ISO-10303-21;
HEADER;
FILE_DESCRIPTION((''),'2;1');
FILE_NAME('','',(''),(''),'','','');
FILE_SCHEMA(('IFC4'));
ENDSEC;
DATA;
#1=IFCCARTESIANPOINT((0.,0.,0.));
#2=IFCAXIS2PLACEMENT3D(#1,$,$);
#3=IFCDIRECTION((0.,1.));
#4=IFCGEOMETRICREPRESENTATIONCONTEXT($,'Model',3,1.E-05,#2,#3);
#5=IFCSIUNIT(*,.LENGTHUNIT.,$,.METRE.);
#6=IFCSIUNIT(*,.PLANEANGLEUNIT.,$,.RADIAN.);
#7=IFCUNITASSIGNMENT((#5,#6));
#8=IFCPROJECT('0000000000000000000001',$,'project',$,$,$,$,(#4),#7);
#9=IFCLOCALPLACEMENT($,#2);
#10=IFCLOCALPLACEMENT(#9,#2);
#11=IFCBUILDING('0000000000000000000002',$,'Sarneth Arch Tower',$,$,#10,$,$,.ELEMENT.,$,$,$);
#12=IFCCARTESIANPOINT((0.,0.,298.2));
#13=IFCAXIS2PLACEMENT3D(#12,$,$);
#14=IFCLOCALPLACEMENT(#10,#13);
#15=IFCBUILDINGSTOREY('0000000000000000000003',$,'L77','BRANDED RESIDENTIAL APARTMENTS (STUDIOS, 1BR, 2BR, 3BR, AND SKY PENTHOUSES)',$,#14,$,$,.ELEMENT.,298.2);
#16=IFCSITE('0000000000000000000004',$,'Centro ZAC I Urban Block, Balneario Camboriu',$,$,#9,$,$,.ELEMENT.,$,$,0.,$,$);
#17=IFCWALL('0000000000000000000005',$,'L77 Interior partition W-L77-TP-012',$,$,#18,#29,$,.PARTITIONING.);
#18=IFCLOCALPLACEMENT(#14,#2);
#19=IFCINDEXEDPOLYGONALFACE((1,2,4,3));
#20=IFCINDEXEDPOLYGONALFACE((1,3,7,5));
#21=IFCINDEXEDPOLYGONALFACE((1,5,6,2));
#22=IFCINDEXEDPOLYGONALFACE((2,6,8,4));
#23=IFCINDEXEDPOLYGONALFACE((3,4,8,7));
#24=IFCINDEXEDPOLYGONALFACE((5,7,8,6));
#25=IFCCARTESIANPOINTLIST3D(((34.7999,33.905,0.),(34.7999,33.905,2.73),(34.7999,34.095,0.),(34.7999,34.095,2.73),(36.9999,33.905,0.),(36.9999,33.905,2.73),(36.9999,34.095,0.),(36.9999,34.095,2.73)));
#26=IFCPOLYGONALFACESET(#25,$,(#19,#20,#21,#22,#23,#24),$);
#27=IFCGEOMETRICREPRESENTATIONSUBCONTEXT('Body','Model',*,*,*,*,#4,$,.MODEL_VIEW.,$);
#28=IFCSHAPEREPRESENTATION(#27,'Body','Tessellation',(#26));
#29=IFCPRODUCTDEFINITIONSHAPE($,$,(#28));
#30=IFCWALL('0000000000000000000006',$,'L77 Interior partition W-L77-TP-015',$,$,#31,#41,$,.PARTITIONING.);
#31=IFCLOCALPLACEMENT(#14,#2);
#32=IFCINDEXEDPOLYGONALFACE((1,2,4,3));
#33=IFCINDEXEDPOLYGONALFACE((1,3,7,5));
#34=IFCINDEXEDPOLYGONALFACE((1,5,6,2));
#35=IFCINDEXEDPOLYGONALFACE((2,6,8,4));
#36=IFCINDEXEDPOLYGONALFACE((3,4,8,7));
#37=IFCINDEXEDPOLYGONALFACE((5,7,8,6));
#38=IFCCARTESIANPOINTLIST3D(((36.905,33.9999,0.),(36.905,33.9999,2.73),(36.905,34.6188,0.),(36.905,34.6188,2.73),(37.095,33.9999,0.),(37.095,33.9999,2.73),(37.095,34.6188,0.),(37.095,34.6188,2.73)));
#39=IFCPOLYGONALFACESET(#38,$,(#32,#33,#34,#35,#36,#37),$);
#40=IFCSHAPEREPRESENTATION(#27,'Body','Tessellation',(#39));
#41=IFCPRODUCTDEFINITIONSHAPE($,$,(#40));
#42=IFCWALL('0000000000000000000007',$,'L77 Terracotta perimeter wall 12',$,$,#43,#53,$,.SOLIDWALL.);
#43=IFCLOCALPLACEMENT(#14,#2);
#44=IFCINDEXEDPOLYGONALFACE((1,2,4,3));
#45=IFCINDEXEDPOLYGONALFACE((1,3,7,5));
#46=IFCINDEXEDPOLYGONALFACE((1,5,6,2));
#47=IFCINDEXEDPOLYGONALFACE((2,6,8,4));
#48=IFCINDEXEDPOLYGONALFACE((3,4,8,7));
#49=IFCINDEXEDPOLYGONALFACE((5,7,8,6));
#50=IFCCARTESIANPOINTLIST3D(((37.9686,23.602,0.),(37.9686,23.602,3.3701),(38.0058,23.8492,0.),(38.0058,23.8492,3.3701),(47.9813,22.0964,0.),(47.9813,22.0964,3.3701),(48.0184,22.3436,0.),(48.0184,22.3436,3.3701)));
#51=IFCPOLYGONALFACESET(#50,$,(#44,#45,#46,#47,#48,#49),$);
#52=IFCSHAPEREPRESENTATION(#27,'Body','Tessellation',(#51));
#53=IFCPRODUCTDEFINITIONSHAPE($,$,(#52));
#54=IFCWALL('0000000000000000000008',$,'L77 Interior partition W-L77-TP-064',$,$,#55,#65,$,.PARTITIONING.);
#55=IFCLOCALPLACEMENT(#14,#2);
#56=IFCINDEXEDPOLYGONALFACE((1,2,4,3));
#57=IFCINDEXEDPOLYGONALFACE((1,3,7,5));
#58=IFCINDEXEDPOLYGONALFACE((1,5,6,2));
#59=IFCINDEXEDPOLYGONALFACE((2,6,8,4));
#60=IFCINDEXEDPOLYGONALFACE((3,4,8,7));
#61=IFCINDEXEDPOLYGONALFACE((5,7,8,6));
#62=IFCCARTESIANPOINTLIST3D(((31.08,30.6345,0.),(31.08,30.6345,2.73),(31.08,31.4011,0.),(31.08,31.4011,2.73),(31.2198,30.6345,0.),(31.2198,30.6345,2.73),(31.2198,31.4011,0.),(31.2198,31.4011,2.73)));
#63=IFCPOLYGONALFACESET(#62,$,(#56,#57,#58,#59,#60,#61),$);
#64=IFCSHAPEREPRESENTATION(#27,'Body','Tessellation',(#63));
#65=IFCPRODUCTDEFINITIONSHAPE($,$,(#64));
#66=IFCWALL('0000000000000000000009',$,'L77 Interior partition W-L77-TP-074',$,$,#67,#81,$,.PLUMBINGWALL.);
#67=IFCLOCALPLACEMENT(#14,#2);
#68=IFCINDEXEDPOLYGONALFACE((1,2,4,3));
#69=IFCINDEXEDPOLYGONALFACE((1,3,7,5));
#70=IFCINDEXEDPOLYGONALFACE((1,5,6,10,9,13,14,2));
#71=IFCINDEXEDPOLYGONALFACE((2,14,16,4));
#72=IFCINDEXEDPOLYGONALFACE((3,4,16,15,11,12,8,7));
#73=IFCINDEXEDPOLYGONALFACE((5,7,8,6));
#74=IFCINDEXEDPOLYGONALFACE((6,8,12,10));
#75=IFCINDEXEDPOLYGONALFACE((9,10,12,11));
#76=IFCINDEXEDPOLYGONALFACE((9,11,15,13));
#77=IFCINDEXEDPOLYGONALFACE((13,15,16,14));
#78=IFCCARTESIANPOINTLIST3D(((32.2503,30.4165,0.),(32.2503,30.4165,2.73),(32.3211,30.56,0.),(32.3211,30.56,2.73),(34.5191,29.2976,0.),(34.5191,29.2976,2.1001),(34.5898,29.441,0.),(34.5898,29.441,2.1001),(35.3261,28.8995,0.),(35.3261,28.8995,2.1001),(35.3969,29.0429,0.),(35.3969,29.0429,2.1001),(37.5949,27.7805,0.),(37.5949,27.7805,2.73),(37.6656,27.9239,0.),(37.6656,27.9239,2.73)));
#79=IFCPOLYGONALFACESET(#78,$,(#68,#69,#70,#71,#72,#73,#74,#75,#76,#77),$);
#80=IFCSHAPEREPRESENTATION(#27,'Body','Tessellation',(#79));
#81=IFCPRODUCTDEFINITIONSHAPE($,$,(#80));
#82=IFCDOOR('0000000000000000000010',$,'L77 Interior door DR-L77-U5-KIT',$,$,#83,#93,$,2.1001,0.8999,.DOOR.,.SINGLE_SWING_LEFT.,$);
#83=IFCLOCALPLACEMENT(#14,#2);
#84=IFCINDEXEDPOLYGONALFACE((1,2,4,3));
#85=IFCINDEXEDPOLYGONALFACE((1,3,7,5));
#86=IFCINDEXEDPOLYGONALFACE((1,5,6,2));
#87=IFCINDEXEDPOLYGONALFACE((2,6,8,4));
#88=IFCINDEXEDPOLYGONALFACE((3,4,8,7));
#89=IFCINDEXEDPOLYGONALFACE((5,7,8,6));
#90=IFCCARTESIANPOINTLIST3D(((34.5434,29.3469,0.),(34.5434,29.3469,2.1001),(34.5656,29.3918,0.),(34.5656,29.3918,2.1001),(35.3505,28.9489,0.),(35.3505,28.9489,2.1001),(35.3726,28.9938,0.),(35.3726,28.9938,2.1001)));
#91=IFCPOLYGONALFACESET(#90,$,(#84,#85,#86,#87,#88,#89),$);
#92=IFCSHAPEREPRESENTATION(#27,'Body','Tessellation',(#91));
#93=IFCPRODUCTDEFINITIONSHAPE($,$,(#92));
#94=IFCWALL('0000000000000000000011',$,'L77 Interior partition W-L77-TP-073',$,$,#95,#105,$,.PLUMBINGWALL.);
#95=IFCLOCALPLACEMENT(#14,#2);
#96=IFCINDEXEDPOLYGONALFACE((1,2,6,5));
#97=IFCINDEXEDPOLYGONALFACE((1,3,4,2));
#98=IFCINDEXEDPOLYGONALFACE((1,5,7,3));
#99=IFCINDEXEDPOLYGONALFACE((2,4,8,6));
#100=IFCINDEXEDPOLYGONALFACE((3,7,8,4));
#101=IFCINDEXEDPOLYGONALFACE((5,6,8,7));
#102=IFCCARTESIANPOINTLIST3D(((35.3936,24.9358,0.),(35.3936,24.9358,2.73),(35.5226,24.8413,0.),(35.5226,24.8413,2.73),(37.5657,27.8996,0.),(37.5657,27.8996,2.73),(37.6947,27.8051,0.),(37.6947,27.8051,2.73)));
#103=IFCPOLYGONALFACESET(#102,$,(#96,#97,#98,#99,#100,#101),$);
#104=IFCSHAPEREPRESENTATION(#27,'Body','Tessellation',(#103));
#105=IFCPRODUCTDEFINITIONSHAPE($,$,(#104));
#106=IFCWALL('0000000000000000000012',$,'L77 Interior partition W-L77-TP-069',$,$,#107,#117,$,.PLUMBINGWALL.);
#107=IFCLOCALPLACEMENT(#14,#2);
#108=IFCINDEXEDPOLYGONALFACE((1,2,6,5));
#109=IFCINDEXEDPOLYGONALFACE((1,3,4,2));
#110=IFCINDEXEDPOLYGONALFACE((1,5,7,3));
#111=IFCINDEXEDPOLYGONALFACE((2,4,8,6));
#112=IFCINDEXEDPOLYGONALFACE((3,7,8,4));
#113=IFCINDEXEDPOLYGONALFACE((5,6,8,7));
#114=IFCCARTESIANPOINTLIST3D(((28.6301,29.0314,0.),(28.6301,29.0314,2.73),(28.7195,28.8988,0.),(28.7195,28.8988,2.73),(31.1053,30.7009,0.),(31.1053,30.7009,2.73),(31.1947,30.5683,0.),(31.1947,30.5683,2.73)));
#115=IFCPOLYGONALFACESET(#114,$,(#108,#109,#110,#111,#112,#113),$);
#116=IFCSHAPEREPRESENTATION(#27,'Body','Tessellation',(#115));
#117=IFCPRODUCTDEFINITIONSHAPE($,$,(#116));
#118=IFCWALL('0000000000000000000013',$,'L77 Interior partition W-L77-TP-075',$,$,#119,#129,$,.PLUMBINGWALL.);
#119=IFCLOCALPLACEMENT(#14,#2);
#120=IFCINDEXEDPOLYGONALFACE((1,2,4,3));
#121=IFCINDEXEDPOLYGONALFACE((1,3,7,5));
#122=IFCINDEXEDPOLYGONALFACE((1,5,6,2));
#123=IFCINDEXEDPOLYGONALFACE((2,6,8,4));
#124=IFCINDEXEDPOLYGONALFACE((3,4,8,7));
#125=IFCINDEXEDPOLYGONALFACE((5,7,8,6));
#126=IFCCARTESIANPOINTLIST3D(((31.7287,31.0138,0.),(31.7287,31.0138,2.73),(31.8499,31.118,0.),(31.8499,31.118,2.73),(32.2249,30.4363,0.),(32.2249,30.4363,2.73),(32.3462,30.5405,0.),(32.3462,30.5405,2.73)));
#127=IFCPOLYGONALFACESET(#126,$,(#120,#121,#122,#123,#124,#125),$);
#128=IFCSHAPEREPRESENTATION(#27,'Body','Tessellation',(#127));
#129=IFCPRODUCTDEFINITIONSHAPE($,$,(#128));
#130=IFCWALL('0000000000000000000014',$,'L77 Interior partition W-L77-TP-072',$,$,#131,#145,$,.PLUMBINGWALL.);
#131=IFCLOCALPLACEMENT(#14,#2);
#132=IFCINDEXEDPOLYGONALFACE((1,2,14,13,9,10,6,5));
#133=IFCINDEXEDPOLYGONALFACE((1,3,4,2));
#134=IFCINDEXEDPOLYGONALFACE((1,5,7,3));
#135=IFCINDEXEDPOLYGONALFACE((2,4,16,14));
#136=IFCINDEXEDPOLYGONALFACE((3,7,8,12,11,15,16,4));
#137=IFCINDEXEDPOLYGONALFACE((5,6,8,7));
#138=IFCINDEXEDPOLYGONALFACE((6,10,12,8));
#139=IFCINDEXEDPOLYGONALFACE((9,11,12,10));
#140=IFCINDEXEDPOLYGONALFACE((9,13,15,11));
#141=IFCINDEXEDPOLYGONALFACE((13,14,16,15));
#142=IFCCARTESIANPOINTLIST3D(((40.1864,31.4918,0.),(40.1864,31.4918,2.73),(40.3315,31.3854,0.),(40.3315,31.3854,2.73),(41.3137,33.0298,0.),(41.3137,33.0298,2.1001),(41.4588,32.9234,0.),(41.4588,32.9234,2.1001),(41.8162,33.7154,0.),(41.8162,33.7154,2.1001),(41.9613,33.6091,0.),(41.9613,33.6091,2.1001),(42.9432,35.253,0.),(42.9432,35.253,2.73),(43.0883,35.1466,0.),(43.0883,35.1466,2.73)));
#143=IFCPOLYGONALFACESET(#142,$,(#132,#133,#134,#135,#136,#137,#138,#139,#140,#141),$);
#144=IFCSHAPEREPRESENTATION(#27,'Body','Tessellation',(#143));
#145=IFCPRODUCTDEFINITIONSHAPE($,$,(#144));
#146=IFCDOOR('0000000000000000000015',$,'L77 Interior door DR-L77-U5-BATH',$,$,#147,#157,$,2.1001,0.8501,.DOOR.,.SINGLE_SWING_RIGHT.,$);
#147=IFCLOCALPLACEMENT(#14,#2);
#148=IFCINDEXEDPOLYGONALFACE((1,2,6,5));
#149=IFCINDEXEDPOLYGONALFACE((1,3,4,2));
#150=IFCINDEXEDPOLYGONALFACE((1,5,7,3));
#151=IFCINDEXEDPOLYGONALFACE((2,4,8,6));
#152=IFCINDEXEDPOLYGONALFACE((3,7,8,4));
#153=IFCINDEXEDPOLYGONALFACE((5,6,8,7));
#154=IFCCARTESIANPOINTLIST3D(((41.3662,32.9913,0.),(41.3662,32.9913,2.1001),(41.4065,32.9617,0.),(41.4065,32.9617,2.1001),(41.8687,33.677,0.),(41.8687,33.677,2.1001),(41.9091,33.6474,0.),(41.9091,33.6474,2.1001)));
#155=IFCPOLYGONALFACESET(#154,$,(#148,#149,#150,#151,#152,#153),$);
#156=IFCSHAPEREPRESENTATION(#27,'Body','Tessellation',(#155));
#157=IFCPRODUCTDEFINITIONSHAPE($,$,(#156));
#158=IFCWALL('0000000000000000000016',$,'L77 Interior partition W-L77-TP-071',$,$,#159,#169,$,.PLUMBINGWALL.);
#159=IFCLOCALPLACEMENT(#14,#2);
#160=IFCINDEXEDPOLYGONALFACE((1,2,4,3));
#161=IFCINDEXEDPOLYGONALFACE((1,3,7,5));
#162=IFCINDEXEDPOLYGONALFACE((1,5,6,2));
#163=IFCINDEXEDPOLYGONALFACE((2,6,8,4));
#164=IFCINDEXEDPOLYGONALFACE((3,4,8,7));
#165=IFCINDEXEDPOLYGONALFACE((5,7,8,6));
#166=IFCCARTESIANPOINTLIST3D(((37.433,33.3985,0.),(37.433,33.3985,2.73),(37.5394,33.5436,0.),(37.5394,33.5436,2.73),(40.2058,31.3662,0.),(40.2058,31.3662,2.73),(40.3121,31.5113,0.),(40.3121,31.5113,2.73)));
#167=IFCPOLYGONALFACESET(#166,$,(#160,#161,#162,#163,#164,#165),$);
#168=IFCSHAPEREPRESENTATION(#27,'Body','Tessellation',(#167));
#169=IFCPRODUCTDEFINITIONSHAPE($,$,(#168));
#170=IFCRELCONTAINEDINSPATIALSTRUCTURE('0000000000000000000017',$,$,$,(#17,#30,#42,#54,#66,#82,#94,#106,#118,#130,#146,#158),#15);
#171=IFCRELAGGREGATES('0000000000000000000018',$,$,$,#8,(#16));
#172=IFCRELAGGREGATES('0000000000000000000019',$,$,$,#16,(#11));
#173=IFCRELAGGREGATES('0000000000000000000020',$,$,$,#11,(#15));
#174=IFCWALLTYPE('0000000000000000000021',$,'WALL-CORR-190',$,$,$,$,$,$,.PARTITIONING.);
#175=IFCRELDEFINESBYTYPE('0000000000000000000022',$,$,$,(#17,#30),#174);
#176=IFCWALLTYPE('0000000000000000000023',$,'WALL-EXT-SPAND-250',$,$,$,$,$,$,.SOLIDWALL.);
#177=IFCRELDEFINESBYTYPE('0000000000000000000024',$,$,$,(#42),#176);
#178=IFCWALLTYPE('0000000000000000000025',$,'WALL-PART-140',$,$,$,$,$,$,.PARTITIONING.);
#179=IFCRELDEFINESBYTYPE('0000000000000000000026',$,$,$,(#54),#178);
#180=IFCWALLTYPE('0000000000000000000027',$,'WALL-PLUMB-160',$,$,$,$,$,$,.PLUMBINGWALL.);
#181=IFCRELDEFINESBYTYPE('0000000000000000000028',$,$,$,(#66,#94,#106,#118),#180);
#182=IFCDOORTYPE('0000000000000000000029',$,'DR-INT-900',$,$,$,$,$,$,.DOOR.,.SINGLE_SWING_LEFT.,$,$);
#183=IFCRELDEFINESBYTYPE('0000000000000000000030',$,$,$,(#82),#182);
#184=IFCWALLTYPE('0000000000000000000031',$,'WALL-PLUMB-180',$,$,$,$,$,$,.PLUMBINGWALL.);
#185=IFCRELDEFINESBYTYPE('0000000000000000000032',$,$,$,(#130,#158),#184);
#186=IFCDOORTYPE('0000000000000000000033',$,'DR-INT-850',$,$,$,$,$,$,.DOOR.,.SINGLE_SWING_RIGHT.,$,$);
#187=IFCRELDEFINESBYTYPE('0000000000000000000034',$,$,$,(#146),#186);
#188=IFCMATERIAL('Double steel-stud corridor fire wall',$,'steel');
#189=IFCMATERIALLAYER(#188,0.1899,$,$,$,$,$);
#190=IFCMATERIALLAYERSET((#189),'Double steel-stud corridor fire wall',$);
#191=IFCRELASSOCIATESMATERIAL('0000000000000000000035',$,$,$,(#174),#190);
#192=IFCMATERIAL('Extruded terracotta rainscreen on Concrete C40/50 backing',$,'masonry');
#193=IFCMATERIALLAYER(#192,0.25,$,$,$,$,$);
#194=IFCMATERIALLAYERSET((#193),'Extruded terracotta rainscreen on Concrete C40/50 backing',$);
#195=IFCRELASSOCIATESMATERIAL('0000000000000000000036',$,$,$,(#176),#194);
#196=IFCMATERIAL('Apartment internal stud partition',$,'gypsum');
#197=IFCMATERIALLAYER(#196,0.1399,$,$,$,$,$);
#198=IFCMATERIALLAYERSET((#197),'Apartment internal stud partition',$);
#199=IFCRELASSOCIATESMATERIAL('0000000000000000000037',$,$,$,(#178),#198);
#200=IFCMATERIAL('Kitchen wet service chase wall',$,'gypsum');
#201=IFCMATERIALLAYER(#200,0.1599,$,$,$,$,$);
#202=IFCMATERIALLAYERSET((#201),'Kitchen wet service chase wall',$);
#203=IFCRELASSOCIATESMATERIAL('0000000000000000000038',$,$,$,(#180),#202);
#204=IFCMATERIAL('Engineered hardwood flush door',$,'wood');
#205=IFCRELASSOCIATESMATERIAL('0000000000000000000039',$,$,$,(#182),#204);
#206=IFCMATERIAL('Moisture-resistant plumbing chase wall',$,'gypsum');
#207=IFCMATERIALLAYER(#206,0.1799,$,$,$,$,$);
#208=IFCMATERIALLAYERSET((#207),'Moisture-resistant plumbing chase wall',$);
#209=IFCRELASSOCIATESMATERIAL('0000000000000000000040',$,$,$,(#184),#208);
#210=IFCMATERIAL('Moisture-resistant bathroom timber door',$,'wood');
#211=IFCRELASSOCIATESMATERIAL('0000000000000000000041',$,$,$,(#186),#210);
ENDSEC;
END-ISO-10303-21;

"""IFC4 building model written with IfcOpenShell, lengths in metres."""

from ifc_helpers import new_model, si_unit, direction, frame, frame_2d, origin, place, context, subcontext, project, spatial, rectangle, extrude, material, layer, layer_set, type_object, element, fill, save


model = new_model("IFC4")

# Units and contexts
model_context = context("Model", 3, precision=1e-05, world=origin(), true_north=direction((0.0, 1.0)))
body_context = subcontext(model_context, "Body", "Model", "MODEL_VIEW")
ifc_project = project(units=[si_unit("LENGTHUNIT", "METRE"), si_unit("PLANEANGLEUNIT", "RADIAN")], contexts=[model_context])

# Site, building, storey
site_placement = place(None, origin())
site = spatial("IfcSite", under=ifc_project, at=site_placement, Name="Centro ZAC I Urban Block, Balneario Camboriu", CompositionType="ELEMENT", RefElevation=0.0)
building_placement = place(site_placement, origin())
building = spatial("IfcBuilding", under=site, at=building_placement, Name="Sarneth Arch Tower", CompositionType="ELEMENT")
storey_placement = place(building_placement, frame((0.0, 0.0, 298.2)))
storey = spatial("IfcBuildingStorey", under=building, at=storey_placement, Name="L77", Description="BRANDED RESIDENTIAL APARTMENTS (STUDIOS, 1BR, 2BR, 3BR, AND SKY PENTHOUSES)", CompositionType="ELEMENT", Elevation=298.2)

# Shared definitions
ifc_material_1 = material(Name="Double steel-stud corridor fire wall", Category="steel")
ifc_layer_1 = layer(ifc_material_1, 0.1899)
ifc_layer_set_1 = layer_set([ifc_layer_1], Name="Double steel-stud corridor fire wall")
wall_type_1 = type_object("IfcWallType", Name="WALL-CORR-190", PredefinedType="PARTITIONING", material=ifc_layer_set_1)

# Walls
wall_1_placement = place(storey_placement, frame((37.0, 34.0, 0.0), z_axis=(0.0, 0.0, 1.0), x_axis=(-1.0, 0.0, 0.0)))
element("IfcWall", 1, at=wall_1_placement, inside=storey, type_object=wall_type_1, Name="L77 Interior partition W-L77-TP-012", PredefinedType="PARTITIONING", context=body_context, shape_type="SweptSolid", body=[
    extrude(rectangle(XDim=2.2, YDim=0.1899, at=frame_2d((1.1001, 0.0))), origin(), (0.0, 0.0, 1.0), 2.73),
])
wall_2_placement = place(storey_placement, frame((37.0, 34.6189, 0.0), z_axis=(0.0, 0.0, 1.0), x_axis=(0.0, -1.0, 0.0)))
element("IfcWall", 2, at=wall_2_placement, inside=storey, type_object=wall_type_1, Name="L77 Interior partition W-L77-TP-015", PredefinedType="PARTITIONING", context=body_context, shape_type="SweptSolid", body=[
    extrude(rectangle(XDim=0.6189, YDim=0.1899, at=frame_2d((0.3096, 0.0))), origin(), (0.0, 0.0, 1.0), 2.73),
])
ifc_material_2 = material(Name="Extruded terracotta rainscreen on Concrete C40/50 backing", Category="masonry")
ifc_layer_2 = layer(ifc_material_2, 0.25)
ifc_layer_set_2 = layer_set([ifc_layer_2], Name="Extruded terracotta rainscreen on Concrete C40/50 backing")
wall_type_2 = type_object("IfcWallType", Name="WALL-EXT-SPAND-250", PredefinedType="SOLIDWALL", material=ifc_layer_set_2)
wall_3_placement = place(storey_placement, frame((37.9873, 23.7256, 0.0), z_axis=(0.0, 0.0, 1.0), x_axis=(0.988883, -0.148699, 0.0)))
element("IfcWall", 3, at=wall_3_placement, inside=storey, type_object=wall_type_2, Name="L77 Terracotta perimeter wall 12", PredefinedType="SOLIDWALL", context=body_context, shape_type="SweptSolid", body=[
    extrude(rectangle(XDim=10.1252, YDim=0.25, at=frame_2d((5.0625, 0.0))), origin(), (0.0, 0.0, 1.0), 3.3701),
])
ifc_material_3 = material(Name="Apartment internal stud partition", Category="gypsum")
ifc_layer_3 = layer(ifc_material_3, 0.1399)
ifc_layer_set_3 = layer_set([ifc_layer_3], Name="Apartment internal stud partition")
wall_type_3 = type_object("IfcWallType", Name="WALL-PART-140", PredefinedType="PARTITIONING", material=ifc_layer_set_3)
wall_4_placement = place(storey_placement, frame((31.1499, 31.4011, 0.0), z_axis=(0.0, 0.0, 1.0), x_axis=(0.0, -1.0, 0.0)))
element("IfcWall", 4, at=wall_4_placement, inside=storey, type_object=wall_type_3, Name="L77 Interior partition W-L77-TP-064", PredefinedType="PARTITIONING", context=body_context, shape_type="SweptSolid", body=[
    extrude(rectangle(XDim=0.7666, YDim=0.1399, at=frame_2d((0.3833, 0.0))), origin(), (0.0, 0.0, 1.0), 2.73),
])

# Wall, opening, door
ifc_material_4 = material(Name="Kitchen wet service chase wall", Category="gypsum")
ifc_layer_4 = layer(ifc_material_4, 0.1599)
ifc_layer_set_4 = layer_set([ifc_layer_4], Name="Kitchen wet service chase wall")
wall_type_4 = type_object("IfcWallType", Name="WALL-PLUMB-160", PredefinedType="PLUMBINGWALL", material=ifc_layer_set_4)
wall_5_placement = place(storey_placement, frame((37.6301, 27.8523, 0.0), z_axis=(0.0, 0.0, 1.0), x_axis=(-0.896847, 0.44234, 0.0)))
wall_5 = element("IfcWall", 5, at=wall_5_placement, inside=storey, type_object=wall_type_4, Name="L77 Interior partition W-L77-TP-074", PredefinedType="PLUMBINGWALL", context=body_context, shape_type="SweptSolid", body=[
    extrude(rectangle(XDim=5.9592, YDim=0.1599, at=frame_2d((2.9795, 0.0))), origin(), (0.0, 0.0, 1.0), 2.73),
])
opening_1_placement = place(wall_5_placement, frame((2.5295, 0.0, 0.0)))
opening_1 = element("IfcOpeningElement", 6, at=opening_1_placement, cuts=wall_5, PredefinedType="OPENING", context=body_context, shape_type="SweptSolid", body=[
    extrude(rectangle(XDim=0.8999, YDim=2.1001, at=frame_2d((0.45, 1.05))), frame((0.0, 0.0898, 0.0), z_axis=(0.0, -1.0, 0.0), x_axis=(1.0, 0.0, 0.0)), (0.0, 0.0, 1.0), 0.1799),
])
ifc_material_5 = material(Name="Engineered hardwood flush door", Category="wood")
door_type_1 = type_object("IfcDoorType", Name="DR-INT-900", OperationType="SINGLE_SWING_LEFT", PredefinedType="DOOR", material=ifc_material_5)
door_1_placement = place(opening_1_placement, origin())
door_1 = element("IfcDoor", 7, at=door_1_placement, inside=storey, type_object=door_type_1, Name="L77 Interior door DR-L77-U5-KIT", OperationType="SINGLE_SWING_LEFT", OverallHeight=2.1001, OverallWidth=0.8999, PredefinedType="DOOR", context=body_context, shape_type="SweptSolid", body=[
    extrude(rectangle(XDim=0.8999, YDim=2.1001, at=frame_2d((0.45, 1.05))), frame((0.0, 0.0249, 0.0), z_axis=(0.0, -1.0, 0.0), x_axis=(1.0, 0.0, 0.0)), (0.0, 0.0, 1.0), 0.05),
])
fill(opening_1, door_1)

# Walls
wall_6_placement = place(storey_placement, frame((35.458, 24.8884, 0.0), z_axis=(0.0, 0.0, 1.0), x_axis=(0.591119, 0.806585, 0.0)))
element("IfcWall", 8, at=wall_6_placement, inside=storey, type_object=wall_type_4, Name="L77 Interior partition W-L77-TP-073", PredefinedType="PLUMBINGWALL", context=body_context, shape_type="SweptSolid", body=[
    extrude(rectangle(XDim=3.6746, YDim=0.1599, at=frame_2d((1.8374, 0.0))), origin(), (0.0, 0.0, 1.0), 2.73),
])
wall_7_placement = place(storey_placement, frame((31.1499, 30.6345, 0.0), z_axis=(0.0, 0.0, 1.0), x_axis=(-0.829044, -0.559183, 0.0)))
element("IfcWall", 9, at=wall_7_placement, inside=storey, type_object=wall_type_4, Name="L77 Interior partition W-L77-TP-069", PredefinedType="PLUMBINGWALL", context=body_context, shape_type="SweptSolid", body=[
    extrude(rectangle(XDim=2.9856, YDim=0.1599, at=frame_2d((1.4927, 0.0))), origin(), (0.0, 0.0, 1.0), 2.73),
])
wall_8_placement = place(storey_placement, frame((32.2856, 30.4883, 0.0), z_axis=(0.0, 0.0, 1.0), x_axis=(-0.651715, 0.758464, 0.0)))
element("IfcWall", 10, at=wall_8_placement, inside=storey, type_object=wall_type_4, Name="L77 Interior partition W-L77-TP-075", PredefinedType="PLUMBINGWALL", context=body_context, shape_type="SweptSolid", body=[
    extrude(rectangle(XDim=0.7615, YDim=0.1599, at=frame_2d((0.3809, 0.0))), origin(), (0.0, 0.0, 1.0), 2.73),
])

# Wall, opening, door
ifc_material_6 = material(Name="Moisture-resistant plumbing chase wall", Category="gypsum")
ifc_layer_5 = layer(ifc_material_6, 0.1799)
ifc_layer_set_5 = layer_set([ifc_layer_5], Name="Moisture-resistant plumbing chase wall")
wall_type_5 = type_object("IfcWallType", Name="WALL-PLUMB-180", PredefinedType="PLUMBINGWALL", material=ifc_layer_set_5)
wall_9_placement = place(storey_placement, frame((40.259, 31.4387, 0.0), z_axis=(0.0, 0.0, 1.0), x_axis=(0.591168, 0.806548, 0.0)))
wall_9 = element("IfcWall", 11, at=wall_9_placement, inside=storey, type_object=wall_type_5, Name="L77 Interior partition W-L77-TP-072", PredefinedType="PLUMBINGWALL", context=body_context, shape_type="SweptSolid", body=[
    extrude(rectangle(XDim=4.6633, YDim=0.1799, at=frame_2d((2.3315, 0.0))), origin(), (0.0, 0.0, 1.0), 2.73),
])
opening_2_placement = place(wall_9_placement, frame((1.9067, 0.0, 0.0)))
opening_2 = element("IfcOpeningElement", 12, at=opening_2_placement, cuts=wall_9, PredefinedType="OPENING", context=body_context, shape_type="SweptSolid", body=[
    extrude(rectangle(XDim=0.8501, YDim=2.1001, at=frame_2d((0.425, 1.05))), frame((0.0, 0.0999, 0.0), z_axis=(0.0, -1.0, 0.0), x_axis=(1.0, 0.0, 0.0)), (0.0, 0.0, 1.0), 0.2),
])
ifc_material_7 = material(Name="Moisture-resistant bathroom timber door", Category="wood")
door_type_2 = type_object("IfcDoorType", Name="DR-INT-850", OperationType="SINGLE_SWING_RIGHT", PredefinedType="DOOR", material=ifc_material_7)
door_2_placement = place(opening_2_placement, origin())
door_2 = element("IfcDoor", 13, at=door_2_placement, inside=storey, type_object=door_type_2, Name="L77 Interior door DR-L77-U5-BATH", OperationType="SINGLE_SWING_RIGHT", OverallHeight=2.1001, OverallWidth=0.8501, PredefinedType="DOOR", context=body_context, shape_type="SweptSolid", body=[
    extrude(rectangle(XDim=0.8501, YDim=2.1001, at=frame_2d((0.425, 1.05))), frame((0.0, 0.0249, 0.0), z_axis=(0.0, -1.0, 0.0), x_axis=(1.0, 0.0, 0.0)), (0.0, 0.0, 1.0), 0.05),
])
fill(opening_2, door_2)

# Wall
wall_10_placement = place(storey_placement, frame((37.4863, 33.4709, 0.0), z_axis=(0.0, 0.0, 1.0), x_axis=(0.806556, -0.591157, 0.0)))
element("IfcWall", 14, at=wall_10_placement, inside=storey, type_object=wall_type_5, Name="L77 Interior partition W-L77-TP-071", PredefinedType="PLUMBINGWALL", context=body_context, shape_type="SweptSolid", body=[
    extrude(rectangle(XDim=3.4377, YDim=0.1799, at=frame_2d((1.7188, 0.0))), origin(), (0.0, 0.0, 1.0), 2.73),
])

save(model, "model.ifc")
